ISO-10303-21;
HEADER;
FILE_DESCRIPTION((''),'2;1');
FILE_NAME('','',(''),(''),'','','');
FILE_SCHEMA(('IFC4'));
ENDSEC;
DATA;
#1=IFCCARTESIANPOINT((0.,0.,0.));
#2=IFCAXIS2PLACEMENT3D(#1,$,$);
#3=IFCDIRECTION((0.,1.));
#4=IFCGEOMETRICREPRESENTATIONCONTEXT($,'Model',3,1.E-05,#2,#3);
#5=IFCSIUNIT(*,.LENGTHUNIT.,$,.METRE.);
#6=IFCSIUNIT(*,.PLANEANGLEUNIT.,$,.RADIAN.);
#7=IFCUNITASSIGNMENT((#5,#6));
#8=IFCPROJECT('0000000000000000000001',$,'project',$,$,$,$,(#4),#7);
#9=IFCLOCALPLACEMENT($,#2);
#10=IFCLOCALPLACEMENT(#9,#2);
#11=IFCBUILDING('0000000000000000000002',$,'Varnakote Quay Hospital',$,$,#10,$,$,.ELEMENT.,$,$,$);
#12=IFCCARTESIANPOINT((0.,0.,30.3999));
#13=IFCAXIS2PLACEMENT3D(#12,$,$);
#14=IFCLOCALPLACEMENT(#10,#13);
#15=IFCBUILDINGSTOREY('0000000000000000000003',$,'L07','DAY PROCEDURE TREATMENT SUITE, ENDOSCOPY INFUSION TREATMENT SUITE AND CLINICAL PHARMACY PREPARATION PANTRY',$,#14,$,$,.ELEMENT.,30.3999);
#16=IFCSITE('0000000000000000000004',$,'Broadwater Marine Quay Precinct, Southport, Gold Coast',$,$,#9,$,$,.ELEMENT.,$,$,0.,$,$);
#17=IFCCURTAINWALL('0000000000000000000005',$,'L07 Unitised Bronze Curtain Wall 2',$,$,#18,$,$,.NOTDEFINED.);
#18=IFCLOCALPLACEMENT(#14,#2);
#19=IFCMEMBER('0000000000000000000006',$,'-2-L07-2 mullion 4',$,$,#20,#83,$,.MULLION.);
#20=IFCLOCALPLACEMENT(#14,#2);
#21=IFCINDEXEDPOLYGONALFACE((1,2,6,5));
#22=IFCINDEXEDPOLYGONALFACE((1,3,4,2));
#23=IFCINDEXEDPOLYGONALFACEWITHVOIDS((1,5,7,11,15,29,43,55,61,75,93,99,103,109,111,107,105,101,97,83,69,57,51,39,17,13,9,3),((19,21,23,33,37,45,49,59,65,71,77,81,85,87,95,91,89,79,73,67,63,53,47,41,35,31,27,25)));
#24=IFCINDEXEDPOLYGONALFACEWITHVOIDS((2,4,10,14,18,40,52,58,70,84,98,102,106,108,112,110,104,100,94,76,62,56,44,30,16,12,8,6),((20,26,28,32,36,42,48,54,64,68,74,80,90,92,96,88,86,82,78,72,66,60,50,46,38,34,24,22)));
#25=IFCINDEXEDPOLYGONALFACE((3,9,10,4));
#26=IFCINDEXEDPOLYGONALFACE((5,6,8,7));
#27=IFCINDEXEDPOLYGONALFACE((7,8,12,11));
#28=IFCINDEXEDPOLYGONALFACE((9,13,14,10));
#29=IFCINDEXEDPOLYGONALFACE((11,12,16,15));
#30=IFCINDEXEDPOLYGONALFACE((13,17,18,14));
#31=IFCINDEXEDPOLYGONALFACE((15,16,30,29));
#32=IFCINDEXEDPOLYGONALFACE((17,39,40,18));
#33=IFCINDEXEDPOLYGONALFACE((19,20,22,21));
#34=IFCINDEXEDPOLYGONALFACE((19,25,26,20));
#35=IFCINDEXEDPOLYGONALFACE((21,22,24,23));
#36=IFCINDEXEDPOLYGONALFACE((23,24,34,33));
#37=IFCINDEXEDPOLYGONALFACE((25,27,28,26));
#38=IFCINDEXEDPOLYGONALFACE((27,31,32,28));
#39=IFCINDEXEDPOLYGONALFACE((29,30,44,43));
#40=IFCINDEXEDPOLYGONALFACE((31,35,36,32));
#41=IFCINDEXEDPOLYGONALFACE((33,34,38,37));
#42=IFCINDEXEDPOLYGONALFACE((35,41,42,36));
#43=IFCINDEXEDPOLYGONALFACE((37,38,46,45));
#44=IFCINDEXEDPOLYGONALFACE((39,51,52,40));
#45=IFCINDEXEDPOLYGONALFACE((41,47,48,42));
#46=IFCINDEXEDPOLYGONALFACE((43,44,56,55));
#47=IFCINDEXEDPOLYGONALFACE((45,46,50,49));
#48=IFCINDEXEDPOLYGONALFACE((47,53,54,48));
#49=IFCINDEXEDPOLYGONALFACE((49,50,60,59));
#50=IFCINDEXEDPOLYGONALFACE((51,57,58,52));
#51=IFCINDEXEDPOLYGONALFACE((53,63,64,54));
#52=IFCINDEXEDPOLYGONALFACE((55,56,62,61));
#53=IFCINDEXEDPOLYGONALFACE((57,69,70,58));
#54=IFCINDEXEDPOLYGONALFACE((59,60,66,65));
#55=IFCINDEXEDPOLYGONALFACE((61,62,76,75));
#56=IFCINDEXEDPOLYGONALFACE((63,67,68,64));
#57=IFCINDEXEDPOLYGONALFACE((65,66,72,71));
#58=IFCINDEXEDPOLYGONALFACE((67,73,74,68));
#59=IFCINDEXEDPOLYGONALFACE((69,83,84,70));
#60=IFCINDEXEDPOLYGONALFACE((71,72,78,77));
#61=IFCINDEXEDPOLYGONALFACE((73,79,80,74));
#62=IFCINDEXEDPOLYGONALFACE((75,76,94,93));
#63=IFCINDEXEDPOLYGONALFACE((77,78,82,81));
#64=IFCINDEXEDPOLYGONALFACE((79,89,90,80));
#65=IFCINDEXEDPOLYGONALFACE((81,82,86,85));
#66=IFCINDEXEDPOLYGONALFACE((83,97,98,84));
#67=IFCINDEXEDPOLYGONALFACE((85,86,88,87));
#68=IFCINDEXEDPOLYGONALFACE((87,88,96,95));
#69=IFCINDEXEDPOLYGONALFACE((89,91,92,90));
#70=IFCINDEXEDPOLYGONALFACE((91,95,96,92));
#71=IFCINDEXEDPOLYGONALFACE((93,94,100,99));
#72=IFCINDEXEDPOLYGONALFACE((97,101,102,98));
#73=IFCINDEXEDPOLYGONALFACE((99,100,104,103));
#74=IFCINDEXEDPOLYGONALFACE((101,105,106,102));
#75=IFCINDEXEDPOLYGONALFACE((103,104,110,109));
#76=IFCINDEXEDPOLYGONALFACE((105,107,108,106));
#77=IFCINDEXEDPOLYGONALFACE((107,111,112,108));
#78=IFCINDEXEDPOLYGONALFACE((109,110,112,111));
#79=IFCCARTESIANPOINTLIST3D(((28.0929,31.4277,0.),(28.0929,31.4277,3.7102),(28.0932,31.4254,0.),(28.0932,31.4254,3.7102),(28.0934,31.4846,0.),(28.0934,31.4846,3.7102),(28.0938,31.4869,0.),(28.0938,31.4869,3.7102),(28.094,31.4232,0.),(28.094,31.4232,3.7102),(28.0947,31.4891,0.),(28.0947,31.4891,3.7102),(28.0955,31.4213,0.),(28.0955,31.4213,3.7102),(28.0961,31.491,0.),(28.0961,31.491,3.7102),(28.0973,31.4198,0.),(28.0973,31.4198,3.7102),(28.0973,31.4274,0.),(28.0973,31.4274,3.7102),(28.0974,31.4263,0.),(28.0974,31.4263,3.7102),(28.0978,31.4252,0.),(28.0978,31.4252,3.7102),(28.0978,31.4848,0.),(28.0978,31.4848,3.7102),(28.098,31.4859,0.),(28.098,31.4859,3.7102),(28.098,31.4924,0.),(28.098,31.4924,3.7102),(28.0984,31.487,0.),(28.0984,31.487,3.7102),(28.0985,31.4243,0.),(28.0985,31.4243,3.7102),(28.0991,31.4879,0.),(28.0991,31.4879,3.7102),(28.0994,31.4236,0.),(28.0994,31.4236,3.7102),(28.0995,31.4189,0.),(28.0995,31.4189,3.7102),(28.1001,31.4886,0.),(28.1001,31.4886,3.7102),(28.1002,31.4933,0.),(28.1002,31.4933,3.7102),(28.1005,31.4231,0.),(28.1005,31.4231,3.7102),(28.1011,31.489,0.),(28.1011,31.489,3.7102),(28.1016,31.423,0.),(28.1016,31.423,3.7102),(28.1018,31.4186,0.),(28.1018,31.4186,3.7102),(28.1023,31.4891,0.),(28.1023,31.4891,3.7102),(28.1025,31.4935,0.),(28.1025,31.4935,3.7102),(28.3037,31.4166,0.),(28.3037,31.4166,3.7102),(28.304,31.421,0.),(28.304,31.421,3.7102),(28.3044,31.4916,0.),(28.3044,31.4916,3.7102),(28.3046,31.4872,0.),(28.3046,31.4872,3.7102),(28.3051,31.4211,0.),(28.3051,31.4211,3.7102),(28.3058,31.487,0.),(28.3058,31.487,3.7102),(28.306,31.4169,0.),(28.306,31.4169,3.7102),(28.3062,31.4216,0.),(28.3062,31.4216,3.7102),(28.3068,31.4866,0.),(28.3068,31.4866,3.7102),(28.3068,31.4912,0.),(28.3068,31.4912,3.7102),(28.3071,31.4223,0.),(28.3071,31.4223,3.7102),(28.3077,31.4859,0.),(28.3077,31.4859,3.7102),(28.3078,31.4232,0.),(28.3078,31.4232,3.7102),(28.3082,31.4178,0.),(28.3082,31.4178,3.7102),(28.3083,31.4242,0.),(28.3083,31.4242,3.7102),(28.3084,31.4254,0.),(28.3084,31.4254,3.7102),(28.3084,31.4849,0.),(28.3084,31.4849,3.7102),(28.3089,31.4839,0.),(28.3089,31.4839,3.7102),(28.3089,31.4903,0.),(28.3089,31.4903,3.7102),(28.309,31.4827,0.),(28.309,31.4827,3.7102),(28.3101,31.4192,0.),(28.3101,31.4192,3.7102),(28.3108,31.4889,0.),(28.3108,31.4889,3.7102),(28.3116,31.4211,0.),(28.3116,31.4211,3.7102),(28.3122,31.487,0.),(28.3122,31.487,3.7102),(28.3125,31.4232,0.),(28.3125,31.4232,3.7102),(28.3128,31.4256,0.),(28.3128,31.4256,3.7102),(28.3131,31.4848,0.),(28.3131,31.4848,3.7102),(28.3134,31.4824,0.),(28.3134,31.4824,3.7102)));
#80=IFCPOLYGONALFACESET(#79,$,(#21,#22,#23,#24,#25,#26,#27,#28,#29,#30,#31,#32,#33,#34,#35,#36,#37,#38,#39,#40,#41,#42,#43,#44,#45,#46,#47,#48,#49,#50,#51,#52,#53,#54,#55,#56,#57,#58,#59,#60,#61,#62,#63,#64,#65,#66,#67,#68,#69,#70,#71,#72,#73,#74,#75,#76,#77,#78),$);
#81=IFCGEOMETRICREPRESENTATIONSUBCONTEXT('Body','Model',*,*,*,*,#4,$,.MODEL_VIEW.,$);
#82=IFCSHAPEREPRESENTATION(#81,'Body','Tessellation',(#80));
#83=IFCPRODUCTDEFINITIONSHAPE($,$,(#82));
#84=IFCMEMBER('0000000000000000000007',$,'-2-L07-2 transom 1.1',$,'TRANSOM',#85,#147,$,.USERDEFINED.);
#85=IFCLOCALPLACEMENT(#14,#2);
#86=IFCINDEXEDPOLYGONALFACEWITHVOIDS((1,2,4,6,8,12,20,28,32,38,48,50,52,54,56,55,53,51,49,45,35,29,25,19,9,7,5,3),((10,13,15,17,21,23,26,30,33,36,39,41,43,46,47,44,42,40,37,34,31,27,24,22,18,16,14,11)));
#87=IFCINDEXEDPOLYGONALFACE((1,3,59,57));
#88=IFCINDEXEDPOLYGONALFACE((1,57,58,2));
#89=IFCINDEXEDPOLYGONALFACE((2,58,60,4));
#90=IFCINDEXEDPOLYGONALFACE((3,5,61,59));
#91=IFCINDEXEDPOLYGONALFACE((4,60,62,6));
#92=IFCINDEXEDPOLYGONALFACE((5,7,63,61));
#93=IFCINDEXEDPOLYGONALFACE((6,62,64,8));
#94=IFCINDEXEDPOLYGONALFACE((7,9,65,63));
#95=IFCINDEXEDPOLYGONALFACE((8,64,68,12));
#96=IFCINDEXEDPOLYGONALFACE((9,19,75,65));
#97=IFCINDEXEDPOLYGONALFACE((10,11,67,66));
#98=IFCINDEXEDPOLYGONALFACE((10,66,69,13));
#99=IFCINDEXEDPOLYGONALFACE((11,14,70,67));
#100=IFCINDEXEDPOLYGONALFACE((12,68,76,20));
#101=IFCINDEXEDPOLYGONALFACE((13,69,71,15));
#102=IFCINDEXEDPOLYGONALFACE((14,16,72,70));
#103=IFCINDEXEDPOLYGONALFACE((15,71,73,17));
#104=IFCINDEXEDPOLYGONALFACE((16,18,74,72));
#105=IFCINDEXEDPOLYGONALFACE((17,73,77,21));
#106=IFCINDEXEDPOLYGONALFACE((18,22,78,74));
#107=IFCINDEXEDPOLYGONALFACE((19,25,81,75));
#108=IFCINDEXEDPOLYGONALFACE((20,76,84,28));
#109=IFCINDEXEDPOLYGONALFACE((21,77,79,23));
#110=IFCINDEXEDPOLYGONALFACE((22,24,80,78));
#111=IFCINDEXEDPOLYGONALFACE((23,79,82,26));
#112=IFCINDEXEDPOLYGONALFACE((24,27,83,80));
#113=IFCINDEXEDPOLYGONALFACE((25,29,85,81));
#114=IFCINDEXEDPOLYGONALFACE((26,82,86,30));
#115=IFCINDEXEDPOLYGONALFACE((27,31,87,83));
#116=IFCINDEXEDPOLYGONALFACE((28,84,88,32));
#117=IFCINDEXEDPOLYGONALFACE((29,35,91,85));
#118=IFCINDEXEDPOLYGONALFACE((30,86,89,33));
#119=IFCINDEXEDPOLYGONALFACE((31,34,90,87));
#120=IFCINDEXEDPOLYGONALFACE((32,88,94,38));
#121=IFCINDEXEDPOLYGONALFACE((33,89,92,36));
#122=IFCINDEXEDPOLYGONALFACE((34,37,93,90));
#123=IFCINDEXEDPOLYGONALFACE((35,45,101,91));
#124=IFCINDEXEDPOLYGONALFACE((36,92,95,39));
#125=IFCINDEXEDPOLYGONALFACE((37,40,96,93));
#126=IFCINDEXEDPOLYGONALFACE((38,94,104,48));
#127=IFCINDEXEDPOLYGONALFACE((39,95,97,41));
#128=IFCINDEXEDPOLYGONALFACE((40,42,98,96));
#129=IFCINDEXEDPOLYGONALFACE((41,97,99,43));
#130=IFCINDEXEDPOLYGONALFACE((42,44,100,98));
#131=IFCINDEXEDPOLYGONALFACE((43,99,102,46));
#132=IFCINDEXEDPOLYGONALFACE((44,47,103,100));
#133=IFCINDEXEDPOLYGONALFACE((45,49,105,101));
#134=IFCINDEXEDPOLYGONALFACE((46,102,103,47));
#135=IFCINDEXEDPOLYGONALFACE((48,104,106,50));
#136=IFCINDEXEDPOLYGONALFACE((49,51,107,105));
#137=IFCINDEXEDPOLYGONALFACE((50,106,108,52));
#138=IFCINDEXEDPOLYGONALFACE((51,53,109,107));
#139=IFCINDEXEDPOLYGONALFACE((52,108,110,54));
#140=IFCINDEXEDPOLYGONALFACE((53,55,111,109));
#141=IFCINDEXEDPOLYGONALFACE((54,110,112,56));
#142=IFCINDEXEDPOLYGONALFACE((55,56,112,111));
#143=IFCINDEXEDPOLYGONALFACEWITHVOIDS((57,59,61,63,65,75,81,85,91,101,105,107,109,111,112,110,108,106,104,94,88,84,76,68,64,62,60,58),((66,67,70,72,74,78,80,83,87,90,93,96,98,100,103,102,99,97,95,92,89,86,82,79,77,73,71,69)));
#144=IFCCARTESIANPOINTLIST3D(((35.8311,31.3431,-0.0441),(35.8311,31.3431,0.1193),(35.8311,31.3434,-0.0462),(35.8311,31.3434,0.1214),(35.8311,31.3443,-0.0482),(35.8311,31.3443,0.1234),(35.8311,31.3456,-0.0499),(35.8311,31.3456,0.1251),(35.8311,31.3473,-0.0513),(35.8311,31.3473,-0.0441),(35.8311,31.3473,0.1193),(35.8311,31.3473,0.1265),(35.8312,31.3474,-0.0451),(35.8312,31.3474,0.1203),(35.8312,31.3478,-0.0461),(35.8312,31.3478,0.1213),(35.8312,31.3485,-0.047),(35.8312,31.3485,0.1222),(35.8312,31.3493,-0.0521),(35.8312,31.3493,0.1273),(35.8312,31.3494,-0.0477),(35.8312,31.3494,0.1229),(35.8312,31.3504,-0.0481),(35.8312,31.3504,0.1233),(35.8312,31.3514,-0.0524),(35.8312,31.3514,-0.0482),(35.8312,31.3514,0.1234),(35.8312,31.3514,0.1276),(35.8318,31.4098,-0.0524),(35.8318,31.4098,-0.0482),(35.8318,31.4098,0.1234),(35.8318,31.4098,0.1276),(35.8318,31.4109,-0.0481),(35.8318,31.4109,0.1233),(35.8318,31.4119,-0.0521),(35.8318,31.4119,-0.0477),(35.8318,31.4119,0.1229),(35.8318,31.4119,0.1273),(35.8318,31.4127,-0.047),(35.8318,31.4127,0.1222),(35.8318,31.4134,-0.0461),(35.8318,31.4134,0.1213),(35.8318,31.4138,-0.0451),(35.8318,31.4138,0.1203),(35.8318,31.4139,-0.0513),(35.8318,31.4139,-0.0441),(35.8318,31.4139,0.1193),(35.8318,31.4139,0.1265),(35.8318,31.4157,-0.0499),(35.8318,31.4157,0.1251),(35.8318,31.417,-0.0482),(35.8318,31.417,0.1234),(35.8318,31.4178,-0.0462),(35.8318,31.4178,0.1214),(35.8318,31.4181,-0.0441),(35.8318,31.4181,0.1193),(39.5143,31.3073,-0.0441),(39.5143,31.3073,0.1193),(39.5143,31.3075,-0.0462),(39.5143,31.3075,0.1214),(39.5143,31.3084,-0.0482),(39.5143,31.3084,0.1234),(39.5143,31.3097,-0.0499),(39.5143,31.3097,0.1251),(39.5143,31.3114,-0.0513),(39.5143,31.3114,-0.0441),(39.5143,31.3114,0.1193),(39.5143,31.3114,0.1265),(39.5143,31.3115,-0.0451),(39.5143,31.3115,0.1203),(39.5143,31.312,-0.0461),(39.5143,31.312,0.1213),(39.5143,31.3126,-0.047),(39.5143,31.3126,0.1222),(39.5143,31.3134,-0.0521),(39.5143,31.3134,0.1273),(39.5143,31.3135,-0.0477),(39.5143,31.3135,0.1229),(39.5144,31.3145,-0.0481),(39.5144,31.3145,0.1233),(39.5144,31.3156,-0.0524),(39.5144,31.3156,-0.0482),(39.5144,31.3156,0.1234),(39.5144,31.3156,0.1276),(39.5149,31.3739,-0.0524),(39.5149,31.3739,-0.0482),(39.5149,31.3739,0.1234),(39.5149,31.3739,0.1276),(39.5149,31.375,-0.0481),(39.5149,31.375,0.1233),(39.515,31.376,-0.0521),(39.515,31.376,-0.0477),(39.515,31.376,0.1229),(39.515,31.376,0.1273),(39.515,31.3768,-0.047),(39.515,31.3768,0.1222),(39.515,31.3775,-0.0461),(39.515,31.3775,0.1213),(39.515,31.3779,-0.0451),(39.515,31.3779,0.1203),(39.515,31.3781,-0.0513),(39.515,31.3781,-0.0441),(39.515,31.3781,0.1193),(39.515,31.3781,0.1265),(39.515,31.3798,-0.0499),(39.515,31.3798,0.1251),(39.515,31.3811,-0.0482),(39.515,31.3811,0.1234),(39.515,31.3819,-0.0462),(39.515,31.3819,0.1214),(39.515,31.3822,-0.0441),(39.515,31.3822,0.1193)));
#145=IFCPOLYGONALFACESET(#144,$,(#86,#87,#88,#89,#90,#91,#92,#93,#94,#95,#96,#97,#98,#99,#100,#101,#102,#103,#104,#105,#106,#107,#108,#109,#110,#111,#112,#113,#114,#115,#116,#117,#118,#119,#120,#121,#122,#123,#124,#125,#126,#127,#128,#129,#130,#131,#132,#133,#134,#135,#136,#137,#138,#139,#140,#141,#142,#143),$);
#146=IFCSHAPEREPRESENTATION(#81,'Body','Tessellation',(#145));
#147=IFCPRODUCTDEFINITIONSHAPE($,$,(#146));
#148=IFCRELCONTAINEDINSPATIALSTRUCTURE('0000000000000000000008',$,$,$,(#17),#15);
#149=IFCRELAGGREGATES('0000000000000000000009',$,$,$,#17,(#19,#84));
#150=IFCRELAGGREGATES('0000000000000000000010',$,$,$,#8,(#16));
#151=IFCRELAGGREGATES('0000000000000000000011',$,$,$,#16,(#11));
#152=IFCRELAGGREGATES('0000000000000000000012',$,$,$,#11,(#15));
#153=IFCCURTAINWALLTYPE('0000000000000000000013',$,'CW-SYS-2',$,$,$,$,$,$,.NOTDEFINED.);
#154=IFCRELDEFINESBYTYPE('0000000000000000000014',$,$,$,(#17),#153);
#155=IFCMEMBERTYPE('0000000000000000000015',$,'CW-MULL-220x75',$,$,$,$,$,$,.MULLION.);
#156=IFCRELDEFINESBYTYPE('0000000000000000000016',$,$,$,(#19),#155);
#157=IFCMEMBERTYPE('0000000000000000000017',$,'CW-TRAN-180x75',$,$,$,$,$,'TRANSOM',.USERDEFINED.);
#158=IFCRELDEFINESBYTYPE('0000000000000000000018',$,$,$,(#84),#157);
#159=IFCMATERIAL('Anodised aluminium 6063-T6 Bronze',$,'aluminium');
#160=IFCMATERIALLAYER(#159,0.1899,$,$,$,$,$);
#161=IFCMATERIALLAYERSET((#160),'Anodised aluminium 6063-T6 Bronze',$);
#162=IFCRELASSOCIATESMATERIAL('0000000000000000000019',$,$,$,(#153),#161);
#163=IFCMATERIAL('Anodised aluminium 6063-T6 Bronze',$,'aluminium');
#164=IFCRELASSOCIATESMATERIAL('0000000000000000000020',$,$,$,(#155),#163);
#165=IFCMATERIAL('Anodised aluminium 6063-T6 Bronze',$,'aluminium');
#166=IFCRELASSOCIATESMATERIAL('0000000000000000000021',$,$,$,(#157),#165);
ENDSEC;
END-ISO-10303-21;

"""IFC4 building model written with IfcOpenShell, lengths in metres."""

from ifc_helpers import new_model, si_unit, direction, frame, origin, origin_2d, place, context, subcontext, project, spatial, hollow_rectangle, extrude, material, layer, layer_set, material_profile, profile_set, type_object, element, aggregate, save


model = new_model("IFC4")

# Units and contexts
model_context = context("Model", 3, precision=1e-05, world=origin(), true_north=direction((0.0, 1.0)))
body_context = subcontext(model_context, "Body", "Model", "MODEL_VIEW")
ifc_project = project(units=[si_unit("LENGTHUNIT", "METRE"), si_unit("PLANEANGLEUNIT", "RADIAN")], contexts=[model_context])

# Site, building, storey
site_placement = place(None, origin())
site = spatial("IfcSite", under=ifc_project, at=site_placement, Name="Broadwater Marine Quay Precinct, Southport, Gold Coast", CompositionType="ELEMENT", RefElevation=0.0)
building_placement = place(site_placement, origin())
building = spatial("IfcBuilding", under=site, at=building_placement, Name="Varnakote Quay Hospital", CompositionType="ELEMENT")
storey_placement = place(building_placement, frame((0.0, 0.0, 30.3999)))
storey = spatial("IfcBuildingStorey", under=building, at=storey_placement, Name="L07", Description="DAY PROCEDURE TREATMENT SUITE, ENDOSCOPY INFUSION TREATMENT SUITE AND CLINICAL PHARMACY PREPARATION PANTRY", CompositionType="ELEMENT", Elevation=30.3999)

# Shared definitions
ifc_material_1 = material(Name="Anodised aluminium 6063-T6 Bronze", Category="aluminium")
ifc_layer_1 = layer(ifc_material_1, 0.1899)
ifc_layer_set_1 = layer_set([ifc_layer_1], Name="Anodised aluminium 6063-T6 Bronze")
curtain_wall_type = type_object("IfcCurtainWallType", Name="CW-SYS-2", PredefinedType="NOTDEFINED", material=ifc_layer_set_1)
ifc_material_2 = material(Name="Anodised aluminium 6063-T6 Bronze", Category="aluminium")
ifc_material_profile_1 = material_profile(ifc_material_2, hollow_rectangle(XDim=0.075, YDim=0.22, WallThickness=0.0044, InnerFilletRadius=0.0044, OuterFilletRadius=0.009, at=origin_2d()), Name="CW-MULL-220x75")
ifc_profile_set_1 = profile_set([ifc_material_profile_1], Name="Anodised aluminium 6063-T6 Bronze")
member_type_1 = type_object("IfcMemberType", Name="CW-MULL-220x75", PredefinedType="MULLION", material=ifc_profile_set_1)

# Curtain wall, members
curtain_wall_1_placement = place(storey_placement, origin())
curtain_wall_1 = element("IfcCurtainWall", 1, at=curtain_wall_1_placement, inside=storey, type_object=curtain_wall_type, Name="L07 Unitised Bronze Curtain Wall 2", PredefinedType="NOTDEFINED")
member_1_placement = place(storey_placement, frame((28.2031, 31.4551, 0.0), z_axis=(0.0, 0.0, 1.0), x_axis=(-0.009774, -0.999952, 0.0)))
member_1 = element("IfcMember", 2, at=member_1_placement, type_object=member_type_1, Name="-2-L07-2 mullion 4", PredefinedType="MULLION", context=body_context, shape_type="SweptSolid", body=[
    extrude(hollow_rectangle(XDim=0.075, YDim=0.22, WallThickness=0.0044, InnerFilletRadius=0.0044, OuterFilletRadius=0.009, at=origin_2d()), origin(), (0.0, 0.0, 1.0), 3.7102),
])
ifc_material_3 = material(Name="Anodised aluminium 6063-T6 Bronze", Category="aluminium")
ifc_material_profile_2 = material_profile(ifc_material_3, hollow_rectangle(XDim=0.075, YDim=0.1799, WallThickness=0.0042, InnerFilletRadius=0.0042, OuterFilletRadius=0.0083, at=origin_2d()), Name="CW-TRAN-180x75")
ifc_profile_set_2 = profile_set([ifc_material_profile_2], Name="Anodised aluminium 6063-T6 Bronze")
member_type_2 = type_object("IfcMemberType", Name="CW-TRAN-180x75", ElementType="TRANSOM", PredefinedType="USERDEFINED", material=ifc_profile_set_2)
member_2_placement = place(storey_placement, frame((39.5146, 31.3447, 0.0376), z_axis=(-0.999953, 0.009744, 0.0), x_axis=(-0.009744, -0.999953, 0.0)))
member_2 = element("IfcMember", 3, at=member_2_placement, type_object=member_type_2, Name="-2-L07-2 transom 1.1", ObjectType="TRANSOM", PredefinedType="USERDEFINED", context=body_context, shape_type="SweptSolid", body=[
    extrude(hollow_rectangle(XDim=0.075, YDim=0.1799, WallThickness=0.0042, InnerFilletRadius=0.0042, OuterFilletRadius=0.0083, at=origin_2d()), origin(), (0.0, 0.0, 1.0), 3.6833),
])

aggregate(curtain_wall_1, [member_1, member_2])

save(model, "model.ifc")
